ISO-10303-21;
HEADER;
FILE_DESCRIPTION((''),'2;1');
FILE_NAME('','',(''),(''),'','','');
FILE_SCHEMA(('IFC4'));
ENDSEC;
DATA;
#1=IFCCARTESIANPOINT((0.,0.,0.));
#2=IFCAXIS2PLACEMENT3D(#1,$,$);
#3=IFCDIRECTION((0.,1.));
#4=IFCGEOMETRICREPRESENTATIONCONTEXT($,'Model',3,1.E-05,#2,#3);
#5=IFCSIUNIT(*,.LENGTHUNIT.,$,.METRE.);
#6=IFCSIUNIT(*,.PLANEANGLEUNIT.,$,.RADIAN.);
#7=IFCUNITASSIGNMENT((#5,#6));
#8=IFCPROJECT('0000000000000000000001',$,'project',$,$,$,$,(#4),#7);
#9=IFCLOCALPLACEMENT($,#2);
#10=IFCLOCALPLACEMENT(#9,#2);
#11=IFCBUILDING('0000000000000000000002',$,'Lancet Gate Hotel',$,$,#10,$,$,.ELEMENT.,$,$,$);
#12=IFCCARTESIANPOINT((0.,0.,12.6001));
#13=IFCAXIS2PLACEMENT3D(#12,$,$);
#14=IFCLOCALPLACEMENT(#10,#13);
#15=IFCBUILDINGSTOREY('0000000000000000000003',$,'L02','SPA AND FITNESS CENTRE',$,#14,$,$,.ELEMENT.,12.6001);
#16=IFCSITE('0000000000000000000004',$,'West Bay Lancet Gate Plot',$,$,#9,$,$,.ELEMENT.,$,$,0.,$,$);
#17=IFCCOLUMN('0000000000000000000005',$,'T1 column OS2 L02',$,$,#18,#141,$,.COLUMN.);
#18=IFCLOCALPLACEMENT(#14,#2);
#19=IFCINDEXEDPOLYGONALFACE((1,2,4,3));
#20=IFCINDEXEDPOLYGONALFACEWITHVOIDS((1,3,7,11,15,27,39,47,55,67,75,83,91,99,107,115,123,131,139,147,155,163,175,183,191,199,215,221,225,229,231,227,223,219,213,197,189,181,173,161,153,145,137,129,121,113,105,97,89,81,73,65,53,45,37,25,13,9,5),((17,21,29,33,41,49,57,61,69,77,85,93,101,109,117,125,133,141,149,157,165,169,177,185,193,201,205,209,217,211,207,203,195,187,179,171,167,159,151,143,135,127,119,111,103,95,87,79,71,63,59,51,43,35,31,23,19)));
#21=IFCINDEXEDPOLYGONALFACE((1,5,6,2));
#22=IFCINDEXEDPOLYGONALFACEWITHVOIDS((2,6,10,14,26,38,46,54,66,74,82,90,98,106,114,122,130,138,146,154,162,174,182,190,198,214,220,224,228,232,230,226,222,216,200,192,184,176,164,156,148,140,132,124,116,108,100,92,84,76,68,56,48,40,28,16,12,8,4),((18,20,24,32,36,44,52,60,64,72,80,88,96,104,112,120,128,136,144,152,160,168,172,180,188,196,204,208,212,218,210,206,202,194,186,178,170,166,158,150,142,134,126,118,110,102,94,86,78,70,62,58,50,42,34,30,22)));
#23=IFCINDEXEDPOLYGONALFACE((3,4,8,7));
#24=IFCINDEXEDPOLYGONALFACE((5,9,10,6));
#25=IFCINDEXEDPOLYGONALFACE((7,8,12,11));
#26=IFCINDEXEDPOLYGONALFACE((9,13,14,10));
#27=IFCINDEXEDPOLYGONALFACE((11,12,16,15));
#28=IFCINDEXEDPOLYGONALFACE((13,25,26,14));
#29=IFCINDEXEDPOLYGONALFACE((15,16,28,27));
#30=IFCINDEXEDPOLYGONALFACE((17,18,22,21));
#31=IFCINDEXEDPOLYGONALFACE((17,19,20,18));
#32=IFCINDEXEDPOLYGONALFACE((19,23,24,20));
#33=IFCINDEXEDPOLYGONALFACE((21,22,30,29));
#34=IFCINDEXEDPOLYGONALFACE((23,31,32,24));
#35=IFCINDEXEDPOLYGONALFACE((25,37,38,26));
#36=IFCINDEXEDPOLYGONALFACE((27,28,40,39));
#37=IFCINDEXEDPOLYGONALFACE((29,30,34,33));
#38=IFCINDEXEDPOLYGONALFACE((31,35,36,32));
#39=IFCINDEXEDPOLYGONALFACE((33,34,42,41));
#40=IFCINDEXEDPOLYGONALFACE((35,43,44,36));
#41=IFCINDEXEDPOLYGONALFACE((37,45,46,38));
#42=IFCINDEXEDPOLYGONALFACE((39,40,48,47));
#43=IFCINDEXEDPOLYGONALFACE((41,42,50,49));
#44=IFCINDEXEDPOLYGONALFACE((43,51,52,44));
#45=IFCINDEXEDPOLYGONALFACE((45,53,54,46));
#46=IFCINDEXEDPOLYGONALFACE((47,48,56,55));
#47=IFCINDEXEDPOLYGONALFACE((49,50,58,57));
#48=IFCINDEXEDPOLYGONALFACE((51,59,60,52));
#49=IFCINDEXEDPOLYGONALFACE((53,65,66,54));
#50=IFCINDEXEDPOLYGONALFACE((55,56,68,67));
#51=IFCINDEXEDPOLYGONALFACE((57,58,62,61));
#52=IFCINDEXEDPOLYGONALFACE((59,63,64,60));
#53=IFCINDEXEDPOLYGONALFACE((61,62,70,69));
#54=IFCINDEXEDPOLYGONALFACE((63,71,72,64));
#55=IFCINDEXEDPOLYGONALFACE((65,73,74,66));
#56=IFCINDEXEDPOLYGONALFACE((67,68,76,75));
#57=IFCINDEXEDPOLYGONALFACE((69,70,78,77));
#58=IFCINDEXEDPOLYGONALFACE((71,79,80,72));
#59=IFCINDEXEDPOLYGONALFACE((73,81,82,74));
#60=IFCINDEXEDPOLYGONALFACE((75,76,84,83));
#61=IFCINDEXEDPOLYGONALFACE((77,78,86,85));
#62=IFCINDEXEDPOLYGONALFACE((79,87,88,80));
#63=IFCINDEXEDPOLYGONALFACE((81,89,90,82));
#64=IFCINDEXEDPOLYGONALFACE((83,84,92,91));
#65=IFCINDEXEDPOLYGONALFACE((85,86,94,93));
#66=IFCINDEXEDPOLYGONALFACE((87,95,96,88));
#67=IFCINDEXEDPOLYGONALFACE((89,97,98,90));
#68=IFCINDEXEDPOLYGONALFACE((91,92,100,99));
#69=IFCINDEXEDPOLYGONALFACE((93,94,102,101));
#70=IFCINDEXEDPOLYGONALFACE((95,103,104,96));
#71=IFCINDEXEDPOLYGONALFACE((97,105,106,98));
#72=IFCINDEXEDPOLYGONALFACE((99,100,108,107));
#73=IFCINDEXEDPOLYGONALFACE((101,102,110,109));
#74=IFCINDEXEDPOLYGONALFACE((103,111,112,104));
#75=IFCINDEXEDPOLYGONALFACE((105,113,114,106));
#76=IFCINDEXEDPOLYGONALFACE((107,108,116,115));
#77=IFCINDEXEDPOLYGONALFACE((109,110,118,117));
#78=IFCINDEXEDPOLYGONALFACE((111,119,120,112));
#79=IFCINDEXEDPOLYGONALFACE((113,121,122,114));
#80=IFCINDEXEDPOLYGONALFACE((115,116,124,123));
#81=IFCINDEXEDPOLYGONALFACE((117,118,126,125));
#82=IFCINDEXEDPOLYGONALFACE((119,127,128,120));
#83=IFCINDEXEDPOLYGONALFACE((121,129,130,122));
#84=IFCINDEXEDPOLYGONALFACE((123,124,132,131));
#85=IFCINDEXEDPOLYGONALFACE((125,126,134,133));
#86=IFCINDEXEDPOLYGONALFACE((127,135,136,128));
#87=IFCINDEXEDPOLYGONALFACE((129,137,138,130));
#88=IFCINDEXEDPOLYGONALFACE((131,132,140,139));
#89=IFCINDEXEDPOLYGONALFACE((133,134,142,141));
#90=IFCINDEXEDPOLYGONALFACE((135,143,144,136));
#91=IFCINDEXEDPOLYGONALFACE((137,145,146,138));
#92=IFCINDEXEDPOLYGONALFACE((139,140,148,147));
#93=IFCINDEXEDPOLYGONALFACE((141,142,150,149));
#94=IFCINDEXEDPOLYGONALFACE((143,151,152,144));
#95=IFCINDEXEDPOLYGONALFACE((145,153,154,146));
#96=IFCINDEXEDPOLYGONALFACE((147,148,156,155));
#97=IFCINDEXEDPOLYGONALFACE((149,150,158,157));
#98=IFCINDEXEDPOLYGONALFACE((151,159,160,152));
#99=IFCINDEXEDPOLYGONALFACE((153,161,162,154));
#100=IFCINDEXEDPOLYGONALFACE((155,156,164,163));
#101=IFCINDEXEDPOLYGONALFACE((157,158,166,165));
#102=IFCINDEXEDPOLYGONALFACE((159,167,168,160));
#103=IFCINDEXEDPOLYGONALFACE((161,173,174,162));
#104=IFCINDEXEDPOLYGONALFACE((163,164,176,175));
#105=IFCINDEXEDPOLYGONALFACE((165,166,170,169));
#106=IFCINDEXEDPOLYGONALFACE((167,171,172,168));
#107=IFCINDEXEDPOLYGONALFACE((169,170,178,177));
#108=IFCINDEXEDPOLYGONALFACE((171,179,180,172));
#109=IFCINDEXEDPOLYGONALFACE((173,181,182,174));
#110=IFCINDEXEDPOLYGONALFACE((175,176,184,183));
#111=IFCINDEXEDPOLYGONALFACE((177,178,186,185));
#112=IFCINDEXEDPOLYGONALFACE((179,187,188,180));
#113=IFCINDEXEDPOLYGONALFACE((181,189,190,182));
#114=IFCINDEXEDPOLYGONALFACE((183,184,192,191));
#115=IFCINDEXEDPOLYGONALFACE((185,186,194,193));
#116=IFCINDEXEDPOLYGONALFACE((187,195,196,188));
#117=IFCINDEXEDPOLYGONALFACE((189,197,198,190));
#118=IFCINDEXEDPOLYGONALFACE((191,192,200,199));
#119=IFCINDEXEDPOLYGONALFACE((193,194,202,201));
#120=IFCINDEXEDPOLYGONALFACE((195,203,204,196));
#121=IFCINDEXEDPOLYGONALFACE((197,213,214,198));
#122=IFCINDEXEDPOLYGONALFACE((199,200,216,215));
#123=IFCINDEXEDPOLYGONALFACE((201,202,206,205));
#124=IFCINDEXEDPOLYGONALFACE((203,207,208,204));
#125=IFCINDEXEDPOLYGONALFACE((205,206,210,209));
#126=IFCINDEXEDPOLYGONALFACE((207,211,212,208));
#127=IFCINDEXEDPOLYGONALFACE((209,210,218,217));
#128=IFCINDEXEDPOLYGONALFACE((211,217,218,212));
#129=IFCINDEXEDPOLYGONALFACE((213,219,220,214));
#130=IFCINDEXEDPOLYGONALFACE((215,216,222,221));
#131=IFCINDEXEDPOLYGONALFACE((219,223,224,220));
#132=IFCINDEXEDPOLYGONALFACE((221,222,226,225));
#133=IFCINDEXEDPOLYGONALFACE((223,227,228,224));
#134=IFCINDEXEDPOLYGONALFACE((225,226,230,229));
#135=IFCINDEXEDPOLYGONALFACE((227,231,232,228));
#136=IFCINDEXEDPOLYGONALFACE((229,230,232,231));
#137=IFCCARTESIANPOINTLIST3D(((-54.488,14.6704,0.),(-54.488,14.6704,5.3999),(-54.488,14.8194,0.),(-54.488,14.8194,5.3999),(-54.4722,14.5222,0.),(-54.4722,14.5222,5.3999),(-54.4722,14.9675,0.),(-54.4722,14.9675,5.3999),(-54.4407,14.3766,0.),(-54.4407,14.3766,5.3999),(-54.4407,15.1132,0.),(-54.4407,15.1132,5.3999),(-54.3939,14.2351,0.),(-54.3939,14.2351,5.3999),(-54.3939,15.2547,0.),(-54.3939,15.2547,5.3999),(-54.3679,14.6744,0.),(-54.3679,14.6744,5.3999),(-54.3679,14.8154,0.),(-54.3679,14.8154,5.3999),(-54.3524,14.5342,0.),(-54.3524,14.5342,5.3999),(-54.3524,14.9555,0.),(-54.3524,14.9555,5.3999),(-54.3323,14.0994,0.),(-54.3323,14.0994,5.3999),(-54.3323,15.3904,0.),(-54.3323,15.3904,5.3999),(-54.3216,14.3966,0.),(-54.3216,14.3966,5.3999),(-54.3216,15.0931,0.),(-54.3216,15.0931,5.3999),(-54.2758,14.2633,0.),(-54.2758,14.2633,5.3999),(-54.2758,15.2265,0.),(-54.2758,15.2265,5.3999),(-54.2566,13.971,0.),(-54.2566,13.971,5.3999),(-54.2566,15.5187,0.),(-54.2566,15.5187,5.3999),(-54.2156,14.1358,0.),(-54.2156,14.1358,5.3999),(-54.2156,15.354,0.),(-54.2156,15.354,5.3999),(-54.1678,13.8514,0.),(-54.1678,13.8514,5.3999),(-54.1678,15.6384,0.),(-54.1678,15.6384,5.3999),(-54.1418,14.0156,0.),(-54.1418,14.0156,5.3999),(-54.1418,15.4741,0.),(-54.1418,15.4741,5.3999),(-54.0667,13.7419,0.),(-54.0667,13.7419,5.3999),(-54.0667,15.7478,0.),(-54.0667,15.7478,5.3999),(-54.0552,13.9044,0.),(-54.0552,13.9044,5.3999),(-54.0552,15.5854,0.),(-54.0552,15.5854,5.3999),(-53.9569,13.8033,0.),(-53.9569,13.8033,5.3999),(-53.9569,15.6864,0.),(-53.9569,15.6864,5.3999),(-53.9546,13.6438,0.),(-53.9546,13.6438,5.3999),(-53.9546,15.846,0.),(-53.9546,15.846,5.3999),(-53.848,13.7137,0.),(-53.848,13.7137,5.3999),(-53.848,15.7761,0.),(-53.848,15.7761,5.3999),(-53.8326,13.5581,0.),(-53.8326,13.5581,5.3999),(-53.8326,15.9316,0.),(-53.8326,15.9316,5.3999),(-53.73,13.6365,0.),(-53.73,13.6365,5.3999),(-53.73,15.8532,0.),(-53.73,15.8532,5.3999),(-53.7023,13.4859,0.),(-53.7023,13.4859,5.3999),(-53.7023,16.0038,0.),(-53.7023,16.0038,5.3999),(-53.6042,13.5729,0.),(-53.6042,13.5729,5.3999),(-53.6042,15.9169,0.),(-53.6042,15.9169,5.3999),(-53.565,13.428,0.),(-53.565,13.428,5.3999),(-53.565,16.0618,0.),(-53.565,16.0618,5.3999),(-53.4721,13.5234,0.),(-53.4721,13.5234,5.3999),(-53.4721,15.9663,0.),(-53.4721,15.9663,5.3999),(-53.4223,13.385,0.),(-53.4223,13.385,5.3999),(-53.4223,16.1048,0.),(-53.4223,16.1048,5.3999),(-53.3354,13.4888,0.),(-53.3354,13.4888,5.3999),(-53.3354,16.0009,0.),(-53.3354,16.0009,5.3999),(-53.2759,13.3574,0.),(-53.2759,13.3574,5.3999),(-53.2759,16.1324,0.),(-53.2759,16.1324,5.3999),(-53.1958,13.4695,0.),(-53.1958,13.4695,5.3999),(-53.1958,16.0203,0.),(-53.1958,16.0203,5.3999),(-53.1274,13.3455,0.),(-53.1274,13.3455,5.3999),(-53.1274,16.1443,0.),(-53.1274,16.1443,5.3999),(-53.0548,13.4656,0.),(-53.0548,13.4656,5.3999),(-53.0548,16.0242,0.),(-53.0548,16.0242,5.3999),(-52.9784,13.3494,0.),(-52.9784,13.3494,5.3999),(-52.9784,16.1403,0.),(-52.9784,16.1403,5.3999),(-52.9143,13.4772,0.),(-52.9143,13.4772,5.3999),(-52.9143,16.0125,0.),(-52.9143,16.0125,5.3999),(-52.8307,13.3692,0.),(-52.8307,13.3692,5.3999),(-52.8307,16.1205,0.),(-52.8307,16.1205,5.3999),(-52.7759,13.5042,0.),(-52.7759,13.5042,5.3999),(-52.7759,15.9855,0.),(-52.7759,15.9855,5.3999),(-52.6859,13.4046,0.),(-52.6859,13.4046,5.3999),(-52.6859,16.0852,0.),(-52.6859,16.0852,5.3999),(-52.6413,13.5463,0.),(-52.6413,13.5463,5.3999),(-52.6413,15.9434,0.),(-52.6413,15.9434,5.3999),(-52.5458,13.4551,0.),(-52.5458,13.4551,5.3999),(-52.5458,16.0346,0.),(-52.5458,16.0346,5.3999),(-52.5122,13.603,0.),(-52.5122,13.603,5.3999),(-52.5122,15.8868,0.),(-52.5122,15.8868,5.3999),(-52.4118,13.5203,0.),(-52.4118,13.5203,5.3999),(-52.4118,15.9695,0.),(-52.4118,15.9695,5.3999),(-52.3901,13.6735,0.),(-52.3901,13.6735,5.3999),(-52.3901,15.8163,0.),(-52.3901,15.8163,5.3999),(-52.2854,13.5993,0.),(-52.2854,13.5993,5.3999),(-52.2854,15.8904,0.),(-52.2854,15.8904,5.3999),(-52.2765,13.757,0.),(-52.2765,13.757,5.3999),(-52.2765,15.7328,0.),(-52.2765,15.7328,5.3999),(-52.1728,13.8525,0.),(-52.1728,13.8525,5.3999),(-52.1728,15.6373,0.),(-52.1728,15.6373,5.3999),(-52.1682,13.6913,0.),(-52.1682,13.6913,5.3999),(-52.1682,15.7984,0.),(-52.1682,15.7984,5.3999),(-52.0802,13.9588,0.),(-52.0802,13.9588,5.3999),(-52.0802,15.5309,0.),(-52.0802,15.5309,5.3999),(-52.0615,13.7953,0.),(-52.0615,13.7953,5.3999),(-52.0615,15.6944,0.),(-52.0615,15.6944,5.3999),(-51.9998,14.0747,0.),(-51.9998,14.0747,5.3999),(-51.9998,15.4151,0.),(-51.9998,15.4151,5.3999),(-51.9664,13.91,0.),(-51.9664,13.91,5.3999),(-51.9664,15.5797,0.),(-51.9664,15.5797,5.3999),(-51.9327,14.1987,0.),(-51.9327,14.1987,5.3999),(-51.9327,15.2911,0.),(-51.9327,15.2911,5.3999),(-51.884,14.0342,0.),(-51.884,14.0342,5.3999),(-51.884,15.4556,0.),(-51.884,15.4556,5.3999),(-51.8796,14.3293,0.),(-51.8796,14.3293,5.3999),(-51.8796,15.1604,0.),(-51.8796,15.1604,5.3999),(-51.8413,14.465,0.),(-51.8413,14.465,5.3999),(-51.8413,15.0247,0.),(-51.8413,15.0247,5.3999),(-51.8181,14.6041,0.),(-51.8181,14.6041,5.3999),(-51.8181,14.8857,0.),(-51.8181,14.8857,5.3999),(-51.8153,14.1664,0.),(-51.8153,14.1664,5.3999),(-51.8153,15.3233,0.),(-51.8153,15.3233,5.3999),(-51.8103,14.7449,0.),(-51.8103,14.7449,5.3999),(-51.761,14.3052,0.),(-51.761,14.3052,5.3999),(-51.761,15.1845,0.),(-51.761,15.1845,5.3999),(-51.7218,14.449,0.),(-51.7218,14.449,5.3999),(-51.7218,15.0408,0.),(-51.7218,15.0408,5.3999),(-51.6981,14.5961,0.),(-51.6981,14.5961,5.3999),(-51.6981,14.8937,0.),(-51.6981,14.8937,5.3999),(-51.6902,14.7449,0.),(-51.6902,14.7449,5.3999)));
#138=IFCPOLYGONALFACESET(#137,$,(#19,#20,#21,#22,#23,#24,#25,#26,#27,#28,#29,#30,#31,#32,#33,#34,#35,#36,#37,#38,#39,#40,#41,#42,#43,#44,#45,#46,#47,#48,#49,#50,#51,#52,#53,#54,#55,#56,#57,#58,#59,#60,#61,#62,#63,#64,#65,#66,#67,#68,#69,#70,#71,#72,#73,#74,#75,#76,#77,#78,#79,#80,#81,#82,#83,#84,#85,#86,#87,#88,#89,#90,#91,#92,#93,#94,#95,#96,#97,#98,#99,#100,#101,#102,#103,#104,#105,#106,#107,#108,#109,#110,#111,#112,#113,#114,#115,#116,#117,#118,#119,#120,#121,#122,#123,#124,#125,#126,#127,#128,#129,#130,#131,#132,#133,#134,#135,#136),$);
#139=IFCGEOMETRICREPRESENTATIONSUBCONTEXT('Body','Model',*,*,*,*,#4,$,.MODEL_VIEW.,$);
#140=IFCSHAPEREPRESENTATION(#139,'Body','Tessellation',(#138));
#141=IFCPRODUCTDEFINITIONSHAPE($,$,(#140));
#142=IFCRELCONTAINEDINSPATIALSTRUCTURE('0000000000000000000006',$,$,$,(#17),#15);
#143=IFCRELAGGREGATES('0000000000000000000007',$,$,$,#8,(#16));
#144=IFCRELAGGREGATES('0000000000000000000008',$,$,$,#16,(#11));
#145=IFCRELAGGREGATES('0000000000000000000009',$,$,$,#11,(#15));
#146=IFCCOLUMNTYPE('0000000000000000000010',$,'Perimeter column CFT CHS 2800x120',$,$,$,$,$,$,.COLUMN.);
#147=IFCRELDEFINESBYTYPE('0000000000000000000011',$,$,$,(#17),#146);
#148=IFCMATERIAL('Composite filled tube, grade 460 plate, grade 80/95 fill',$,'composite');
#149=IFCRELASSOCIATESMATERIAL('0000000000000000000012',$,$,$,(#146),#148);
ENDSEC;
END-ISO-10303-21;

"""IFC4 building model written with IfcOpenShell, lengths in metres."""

from ifc_helpers import new_model, si_unit, direction, frame, origin, origin_2d, place, context, subcontext, project, spatial, hollow_circle, extrude, material, material_profile, profile_set, type_object, element, save


model = new_model("IFC4")

# Units and contexts
model_context = context("Model", 3, precision=1e-05, world=origin(), true_north=direction((0.0, 1.0)))
body_context = subcontext(model_context, "Body", "Model", "MODEL_VIEW")
ifc_project = project(units=[si_unit("LENGTHUNIT", "METRE"), si_unit("PLANEANGLEUNIT", "RADIAN")], contexts=[model_context])

# Site, building, storey
site_placement = place(None, origin())
site = spatial("IfcSite", under=ifc_project, at=site_placement, Name="West Bay Lancet Gate Plot", CompositionType="ELEMENT", RefElevation=0.0)
building_placement = place(site_placement, origin())
building = spatial("IfcBuilding", under=site, at=building_placement, Name="Lancet Gate Hotel", CompositionType="ELEMENT")
storey_placement = place(building_placement, frame((0.0, 0.0, 12.6001)))
storey = spatial("IfcBuildingStorey", under=building, at=storey_placement, Name="L02", Description="SPA AND FITNESS CENTRE", CompositionType="ELEMENT", Elevation=12.6001)

# Column
ifc_material_1 = material(Name="Composite filled tube, grade 460 plate, grade 80/95 fill", Category="composite")
ifc_material_profile_1 = material_profile(ifc_material_1, hollow_circle(Radius=1.3999, WallThickness=0.1201, at=origin_2d()), Name="CHS 2800x120")
ifc_profile_set_1 = profile_set([ifc_material_profile_1], Name="Composite filled tube, grade 460 plate, grade 80/95 fill")
column_type = type_object("IfcColumnType", Name="Perimeter column CFT CHS 2800x120", PredefinedType="COLUMN", material=ifc_profile_set_1)
for number, where, z_axis, x_axis, name in (
    (1, (-53.0901, 14.7449, 0.0), (0.0, 0.0, 1.0), (1.0, 0.0, 0.0), "T1 column OS2 L02"),
):
    element("IfcColumn", number, at=place(storey_placement, frame(where, z_axis=z_axis, x_axis=x_axis)), inside=storey, type_object=column_type, Name=name, PredefinedType="COLUMN", context=body_context, shape_type="SweptSolid", body=[
        extrude(hollow_circle(Radius=1.3999, WallThickness=0.1201, at=origin_2d()), origin(), (0.0, 0.0, 1.0), 5.3999),
    ])

save(model, "model.ifc")
